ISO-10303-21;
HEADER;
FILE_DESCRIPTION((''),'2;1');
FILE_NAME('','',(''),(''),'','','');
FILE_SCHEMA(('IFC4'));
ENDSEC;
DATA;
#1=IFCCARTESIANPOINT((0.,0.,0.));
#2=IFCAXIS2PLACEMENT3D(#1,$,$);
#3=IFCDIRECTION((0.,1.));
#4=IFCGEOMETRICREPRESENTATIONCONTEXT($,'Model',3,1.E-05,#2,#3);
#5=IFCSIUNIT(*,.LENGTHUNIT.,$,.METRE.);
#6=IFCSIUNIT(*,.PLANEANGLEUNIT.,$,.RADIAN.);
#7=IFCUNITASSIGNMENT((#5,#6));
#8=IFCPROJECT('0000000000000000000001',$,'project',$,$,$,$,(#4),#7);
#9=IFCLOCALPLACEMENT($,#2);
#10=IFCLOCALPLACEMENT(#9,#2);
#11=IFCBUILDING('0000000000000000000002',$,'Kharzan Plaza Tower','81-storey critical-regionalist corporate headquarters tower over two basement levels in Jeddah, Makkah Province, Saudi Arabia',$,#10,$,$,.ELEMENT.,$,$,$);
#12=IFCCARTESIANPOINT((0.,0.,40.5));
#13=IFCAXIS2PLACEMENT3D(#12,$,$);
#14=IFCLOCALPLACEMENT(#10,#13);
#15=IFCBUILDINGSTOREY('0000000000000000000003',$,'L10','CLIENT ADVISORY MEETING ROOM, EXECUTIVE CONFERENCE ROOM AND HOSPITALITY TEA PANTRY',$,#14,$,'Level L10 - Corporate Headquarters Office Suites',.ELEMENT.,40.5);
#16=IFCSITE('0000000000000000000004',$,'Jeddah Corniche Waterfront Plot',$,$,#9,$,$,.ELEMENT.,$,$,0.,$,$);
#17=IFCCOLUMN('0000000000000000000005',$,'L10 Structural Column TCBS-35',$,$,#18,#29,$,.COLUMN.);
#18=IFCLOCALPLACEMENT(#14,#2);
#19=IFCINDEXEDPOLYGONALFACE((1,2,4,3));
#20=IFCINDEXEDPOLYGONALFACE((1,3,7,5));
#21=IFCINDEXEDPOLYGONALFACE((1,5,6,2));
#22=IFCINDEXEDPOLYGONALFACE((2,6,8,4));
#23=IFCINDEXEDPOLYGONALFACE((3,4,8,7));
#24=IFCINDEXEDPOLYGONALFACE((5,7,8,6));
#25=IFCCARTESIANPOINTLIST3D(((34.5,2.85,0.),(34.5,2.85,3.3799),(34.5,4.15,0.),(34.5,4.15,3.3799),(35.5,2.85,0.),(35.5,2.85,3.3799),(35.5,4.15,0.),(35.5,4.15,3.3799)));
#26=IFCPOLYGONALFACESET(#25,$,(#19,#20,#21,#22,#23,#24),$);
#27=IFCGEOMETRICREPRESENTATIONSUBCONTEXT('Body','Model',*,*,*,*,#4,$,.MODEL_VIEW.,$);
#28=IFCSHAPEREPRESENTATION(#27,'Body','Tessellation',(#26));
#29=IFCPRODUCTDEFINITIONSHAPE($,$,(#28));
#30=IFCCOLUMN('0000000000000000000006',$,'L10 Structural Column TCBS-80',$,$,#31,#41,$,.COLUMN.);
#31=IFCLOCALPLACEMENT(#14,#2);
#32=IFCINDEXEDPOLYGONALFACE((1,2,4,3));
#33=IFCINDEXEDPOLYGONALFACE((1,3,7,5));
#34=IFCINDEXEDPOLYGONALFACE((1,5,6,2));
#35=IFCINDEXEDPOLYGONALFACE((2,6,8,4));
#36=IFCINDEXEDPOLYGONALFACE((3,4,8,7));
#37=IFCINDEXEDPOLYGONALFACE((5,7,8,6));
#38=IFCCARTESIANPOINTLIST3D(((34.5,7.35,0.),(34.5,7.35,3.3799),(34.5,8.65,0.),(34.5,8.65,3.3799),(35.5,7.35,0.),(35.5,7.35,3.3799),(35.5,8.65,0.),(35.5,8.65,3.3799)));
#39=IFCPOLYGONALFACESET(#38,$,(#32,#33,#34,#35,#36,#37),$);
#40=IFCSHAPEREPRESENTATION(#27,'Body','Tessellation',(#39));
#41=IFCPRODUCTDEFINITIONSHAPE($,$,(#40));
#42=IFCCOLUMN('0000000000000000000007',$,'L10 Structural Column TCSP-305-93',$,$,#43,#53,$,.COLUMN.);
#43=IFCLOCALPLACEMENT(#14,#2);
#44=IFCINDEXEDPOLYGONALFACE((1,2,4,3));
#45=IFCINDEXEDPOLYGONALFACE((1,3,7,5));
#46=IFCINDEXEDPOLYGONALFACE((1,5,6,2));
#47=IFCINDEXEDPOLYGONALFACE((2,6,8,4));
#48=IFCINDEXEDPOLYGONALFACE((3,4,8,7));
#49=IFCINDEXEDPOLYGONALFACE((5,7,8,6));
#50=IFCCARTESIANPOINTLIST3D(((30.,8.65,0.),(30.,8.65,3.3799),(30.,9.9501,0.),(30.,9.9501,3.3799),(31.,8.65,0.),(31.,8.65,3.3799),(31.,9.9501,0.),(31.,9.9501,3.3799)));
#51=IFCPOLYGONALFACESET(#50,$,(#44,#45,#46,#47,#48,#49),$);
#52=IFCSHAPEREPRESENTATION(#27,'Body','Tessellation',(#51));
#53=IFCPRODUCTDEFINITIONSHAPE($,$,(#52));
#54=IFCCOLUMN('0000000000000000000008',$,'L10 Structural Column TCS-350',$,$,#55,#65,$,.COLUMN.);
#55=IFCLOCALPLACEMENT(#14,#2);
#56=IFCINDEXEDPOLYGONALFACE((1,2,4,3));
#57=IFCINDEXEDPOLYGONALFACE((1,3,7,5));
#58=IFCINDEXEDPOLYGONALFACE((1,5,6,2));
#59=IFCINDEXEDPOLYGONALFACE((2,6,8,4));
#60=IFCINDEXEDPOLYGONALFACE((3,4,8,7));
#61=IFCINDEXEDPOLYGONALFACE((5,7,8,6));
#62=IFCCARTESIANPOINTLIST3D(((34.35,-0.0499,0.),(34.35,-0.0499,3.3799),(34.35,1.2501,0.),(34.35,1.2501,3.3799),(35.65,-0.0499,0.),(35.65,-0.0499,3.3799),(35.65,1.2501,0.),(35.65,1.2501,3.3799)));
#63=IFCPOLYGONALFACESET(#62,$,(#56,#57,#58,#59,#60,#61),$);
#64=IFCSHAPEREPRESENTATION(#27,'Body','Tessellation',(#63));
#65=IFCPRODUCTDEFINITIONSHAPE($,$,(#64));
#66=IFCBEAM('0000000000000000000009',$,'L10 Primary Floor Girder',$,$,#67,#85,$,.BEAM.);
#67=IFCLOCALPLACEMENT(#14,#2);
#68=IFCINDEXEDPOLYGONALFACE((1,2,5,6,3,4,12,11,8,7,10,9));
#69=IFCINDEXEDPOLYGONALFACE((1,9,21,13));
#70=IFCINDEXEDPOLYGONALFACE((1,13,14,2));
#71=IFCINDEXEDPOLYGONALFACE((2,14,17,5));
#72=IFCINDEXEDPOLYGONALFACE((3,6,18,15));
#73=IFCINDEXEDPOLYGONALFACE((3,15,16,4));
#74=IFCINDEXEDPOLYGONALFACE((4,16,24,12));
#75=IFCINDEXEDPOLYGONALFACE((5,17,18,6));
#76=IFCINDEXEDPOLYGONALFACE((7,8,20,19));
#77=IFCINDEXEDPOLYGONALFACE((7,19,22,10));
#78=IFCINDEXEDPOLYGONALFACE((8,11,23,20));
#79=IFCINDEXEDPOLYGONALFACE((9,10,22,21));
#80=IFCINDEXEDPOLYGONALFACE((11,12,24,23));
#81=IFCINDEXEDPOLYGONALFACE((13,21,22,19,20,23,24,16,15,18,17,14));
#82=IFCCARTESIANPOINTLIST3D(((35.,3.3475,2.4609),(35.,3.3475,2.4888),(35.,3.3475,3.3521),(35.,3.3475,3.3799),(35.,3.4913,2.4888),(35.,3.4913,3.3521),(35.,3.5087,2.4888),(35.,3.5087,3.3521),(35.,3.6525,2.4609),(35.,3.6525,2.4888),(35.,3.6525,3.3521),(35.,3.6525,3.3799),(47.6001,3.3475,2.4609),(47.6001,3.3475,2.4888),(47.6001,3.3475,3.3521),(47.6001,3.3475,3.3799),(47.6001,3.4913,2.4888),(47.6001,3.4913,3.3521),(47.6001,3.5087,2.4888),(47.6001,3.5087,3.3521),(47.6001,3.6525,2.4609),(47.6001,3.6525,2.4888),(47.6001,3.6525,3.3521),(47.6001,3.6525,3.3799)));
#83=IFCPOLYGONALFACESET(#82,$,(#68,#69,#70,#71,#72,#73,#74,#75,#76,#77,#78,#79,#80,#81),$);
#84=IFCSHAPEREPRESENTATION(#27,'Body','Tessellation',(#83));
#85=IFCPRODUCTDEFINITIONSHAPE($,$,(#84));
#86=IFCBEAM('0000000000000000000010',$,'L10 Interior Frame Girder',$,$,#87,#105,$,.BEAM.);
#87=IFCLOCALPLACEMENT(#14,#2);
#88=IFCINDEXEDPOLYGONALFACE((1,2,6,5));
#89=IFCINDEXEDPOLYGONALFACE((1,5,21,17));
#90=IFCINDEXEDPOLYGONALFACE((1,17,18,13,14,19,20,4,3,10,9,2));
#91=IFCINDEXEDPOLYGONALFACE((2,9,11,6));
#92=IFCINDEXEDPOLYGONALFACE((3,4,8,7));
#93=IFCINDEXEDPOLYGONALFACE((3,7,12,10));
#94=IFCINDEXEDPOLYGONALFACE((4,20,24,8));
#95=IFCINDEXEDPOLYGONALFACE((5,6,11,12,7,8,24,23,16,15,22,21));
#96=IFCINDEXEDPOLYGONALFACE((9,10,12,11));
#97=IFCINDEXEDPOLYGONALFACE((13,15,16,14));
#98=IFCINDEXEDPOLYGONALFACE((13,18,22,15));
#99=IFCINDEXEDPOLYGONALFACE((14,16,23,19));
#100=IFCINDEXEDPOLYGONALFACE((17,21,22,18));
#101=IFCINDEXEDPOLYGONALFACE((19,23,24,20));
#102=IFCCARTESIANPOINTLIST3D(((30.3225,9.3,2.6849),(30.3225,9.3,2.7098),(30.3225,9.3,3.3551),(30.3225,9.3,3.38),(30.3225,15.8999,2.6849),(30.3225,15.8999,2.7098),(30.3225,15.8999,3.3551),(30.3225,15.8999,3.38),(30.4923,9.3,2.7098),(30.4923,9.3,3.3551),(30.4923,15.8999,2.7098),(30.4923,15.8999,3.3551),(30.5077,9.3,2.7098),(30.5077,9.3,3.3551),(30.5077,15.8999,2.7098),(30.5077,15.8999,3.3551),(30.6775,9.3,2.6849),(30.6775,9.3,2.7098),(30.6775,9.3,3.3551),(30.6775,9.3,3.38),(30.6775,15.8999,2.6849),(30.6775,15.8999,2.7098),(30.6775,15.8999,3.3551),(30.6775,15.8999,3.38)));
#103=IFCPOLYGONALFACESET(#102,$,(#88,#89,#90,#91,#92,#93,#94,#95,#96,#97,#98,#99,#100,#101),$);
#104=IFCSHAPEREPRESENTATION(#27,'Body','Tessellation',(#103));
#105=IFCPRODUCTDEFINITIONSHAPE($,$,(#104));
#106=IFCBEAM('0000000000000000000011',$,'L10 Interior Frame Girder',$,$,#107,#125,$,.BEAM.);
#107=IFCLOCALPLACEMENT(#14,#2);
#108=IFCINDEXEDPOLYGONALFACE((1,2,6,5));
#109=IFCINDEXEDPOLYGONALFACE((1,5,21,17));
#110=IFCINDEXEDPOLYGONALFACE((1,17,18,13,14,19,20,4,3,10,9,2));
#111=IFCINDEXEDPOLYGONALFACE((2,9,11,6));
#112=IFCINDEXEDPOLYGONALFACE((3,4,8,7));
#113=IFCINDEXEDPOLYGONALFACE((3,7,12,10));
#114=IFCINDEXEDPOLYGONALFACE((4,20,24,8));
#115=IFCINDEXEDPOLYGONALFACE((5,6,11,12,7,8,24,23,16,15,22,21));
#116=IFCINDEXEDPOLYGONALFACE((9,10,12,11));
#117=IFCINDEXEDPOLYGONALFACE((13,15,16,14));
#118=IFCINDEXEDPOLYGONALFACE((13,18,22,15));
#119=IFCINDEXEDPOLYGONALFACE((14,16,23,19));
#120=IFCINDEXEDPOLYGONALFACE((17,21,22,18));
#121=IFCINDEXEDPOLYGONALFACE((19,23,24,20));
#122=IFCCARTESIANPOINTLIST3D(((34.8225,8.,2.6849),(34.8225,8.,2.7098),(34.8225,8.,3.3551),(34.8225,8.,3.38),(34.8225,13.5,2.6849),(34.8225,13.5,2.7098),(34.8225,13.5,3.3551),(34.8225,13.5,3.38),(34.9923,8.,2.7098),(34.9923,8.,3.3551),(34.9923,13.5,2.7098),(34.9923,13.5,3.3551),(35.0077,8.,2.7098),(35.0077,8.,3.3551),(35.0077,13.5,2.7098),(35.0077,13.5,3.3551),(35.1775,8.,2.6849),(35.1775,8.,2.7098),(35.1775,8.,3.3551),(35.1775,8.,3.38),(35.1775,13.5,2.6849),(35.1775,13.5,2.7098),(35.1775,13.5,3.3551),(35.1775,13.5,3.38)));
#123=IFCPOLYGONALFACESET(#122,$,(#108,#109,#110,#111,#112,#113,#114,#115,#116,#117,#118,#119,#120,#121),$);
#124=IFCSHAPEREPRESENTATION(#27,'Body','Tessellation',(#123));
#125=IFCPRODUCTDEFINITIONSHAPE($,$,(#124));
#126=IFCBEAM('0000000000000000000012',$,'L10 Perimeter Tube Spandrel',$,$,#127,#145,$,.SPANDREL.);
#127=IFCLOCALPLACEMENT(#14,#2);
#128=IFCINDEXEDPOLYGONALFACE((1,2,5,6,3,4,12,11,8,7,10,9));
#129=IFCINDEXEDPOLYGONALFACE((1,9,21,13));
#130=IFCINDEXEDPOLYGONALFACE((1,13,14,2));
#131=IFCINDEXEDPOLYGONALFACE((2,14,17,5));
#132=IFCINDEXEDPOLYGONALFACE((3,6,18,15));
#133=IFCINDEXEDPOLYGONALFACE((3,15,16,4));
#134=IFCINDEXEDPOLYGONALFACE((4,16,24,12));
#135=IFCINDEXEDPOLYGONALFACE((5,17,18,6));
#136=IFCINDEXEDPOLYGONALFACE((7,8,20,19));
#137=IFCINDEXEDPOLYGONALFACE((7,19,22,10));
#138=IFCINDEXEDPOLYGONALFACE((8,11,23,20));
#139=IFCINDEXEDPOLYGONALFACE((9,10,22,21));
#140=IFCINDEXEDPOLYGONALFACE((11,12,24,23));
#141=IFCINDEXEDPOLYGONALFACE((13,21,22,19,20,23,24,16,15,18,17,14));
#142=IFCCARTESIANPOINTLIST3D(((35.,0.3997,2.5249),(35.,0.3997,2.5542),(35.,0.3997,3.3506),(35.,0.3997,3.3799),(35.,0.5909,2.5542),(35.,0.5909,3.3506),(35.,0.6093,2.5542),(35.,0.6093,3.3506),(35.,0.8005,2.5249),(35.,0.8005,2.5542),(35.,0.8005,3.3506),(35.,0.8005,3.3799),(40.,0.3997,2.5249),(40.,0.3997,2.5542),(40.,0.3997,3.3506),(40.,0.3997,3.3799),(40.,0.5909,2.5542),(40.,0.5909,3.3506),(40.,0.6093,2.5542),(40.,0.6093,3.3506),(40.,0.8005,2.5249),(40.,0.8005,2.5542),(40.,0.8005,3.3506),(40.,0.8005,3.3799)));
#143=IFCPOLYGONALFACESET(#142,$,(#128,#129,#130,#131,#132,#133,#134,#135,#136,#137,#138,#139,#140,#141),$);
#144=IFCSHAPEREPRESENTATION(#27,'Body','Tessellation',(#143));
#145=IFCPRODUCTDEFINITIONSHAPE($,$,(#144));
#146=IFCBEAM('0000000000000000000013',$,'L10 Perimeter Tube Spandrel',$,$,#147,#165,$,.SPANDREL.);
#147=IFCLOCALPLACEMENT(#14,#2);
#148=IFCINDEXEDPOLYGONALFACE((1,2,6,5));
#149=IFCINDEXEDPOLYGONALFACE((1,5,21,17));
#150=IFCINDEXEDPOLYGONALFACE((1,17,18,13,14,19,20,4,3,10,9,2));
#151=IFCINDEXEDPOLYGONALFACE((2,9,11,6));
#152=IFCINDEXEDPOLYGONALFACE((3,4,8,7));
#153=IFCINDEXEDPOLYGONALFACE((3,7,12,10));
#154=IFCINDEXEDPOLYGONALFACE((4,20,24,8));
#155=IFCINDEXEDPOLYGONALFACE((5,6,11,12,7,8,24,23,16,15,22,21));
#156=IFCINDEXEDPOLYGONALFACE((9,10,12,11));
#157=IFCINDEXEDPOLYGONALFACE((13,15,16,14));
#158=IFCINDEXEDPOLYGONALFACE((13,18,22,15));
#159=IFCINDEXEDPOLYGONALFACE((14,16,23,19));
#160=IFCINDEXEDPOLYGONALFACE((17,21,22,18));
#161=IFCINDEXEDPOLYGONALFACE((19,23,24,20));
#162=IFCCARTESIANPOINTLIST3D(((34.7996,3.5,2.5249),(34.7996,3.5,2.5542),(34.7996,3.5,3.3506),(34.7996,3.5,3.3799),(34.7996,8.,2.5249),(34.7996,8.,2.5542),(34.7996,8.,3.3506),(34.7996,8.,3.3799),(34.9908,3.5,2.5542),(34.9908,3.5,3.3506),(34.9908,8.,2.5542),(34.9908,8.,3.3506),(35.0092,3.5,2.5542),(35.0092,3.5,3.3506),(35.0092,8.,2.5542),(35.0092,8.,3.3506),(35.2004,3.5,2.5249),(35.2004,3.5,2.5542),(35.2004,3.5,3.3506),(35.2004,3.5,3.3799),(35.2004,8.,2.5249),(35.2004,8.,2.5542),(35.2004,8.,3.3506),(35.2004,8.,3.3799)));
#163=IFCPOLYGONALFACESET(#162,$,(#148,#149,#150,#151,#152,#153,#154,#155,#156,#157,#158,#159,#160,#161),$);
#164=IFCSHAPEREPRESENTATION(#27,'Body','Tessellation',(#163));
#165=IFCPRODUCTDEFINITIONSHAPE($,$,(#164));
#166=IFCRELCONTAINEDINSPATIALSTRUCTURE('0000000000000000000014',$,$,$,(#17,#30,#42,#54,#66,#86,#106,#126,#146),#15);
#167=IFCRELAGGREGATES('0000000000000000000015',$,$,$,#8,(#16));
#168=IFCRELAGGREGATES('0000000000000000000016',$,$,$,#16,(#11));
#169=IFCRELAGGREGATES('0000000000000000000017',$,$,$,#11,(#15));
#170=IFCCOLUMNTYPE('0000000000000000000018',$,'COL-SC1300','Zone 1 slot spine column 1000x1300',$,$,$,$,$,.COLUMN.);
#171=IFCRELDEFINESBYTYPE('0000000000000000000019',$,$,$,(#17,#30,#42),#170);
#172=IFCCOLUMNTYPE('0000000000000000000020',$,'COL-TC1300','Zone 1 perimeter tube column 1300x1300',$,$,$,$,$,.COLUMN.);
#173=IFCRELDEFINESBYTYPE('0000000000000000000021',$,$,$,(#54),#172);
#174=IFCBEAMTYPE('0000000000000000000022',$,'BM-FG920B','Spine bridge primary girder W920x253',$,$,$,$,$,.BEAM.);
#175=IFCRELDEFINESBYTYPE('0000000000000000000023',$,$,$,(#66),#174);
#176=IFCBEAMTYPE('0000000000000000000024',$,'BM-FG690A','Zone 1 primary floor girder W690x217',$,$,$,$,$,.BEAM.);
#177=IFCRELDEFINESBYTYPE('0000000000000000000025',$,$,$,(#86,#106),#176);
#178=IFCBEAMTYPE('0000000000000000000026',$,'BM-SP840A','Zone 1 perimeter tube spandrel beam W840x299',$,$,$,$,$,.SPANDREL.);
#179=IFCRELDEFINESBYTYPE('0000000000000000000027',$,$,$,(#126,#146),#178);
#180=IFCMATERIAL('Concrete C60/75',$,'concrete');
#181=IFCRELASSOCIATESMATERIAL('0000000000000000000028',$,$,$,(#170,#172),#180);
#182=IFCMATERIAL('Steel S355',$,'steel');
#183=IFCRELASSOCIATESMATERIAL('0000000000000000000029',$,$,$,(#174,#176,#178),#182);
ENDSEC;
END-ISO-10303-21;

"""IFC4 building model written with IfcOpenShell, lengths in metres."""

from ifc_helpers import new_model, si_unit, direction, frame, origin, origin_2d, place, context, subcontext, project, spatial, rectangle, i_section, extrude, source, transform, mapped, material, material_profile, profile_set, type_object, element, save


model = new_model("IFC4")

# Units and contexts
model_context = context("Model", 3, precision=1e-05, world=origin(), true_north=direction((0.0, 1.0)))
body_context = subcontext(model_context, "Body", "Model", "MODEL_VIEW")
ifc_project = project(units=[si_unit("LENGTHUNIT", "METRE"), si_unit("PLANEANGLEUNIT", "RADIAN")], contexts=[model_context])

# Site, building, storey
site_placement = place(None, origin())
site = spatial("IfcSite", under=ifc_project, at=site_placement, Name="Jeddah Corniche Waterfront Plot", CompositionType="ELEMENT", RefElevation=0.0)
building_placement = place(site_placement, origin())
building = spatial("IfcBuilding", under=site, at=building_placement, Name="Kharzan Plaza Tower", Description="81-storey critical-regionalist corporate headquarters tower over two basement levels in Jeddah, Makkah Province, Saudi Arabia", CompositionType="ELEMENT")
storey_placement = place(building_placement, frame((0.0, 0.0, 40.5)))
storey = spatial("IfcBuildingStorey", under=building, at=storey_placement, Name="L10", Description="CLIENT ADVISORY MEETING ROOM, EXECUTIVE CONFERENCE ROOM AND HOSPITALITY TEA PANTRY", LongName="Level L10 - Corporate Headquarters Office Suites", CompositionType="ELEMENT", Elevation=40.5)

# Columns
ifc_material_1 = material(Name="Concrete C60/75", Category="concrete")
ifc_material_profile_1 = material_profile(ifc_material_1, rectangle(XDim=1.0, YDim=1.3, at=origin_2d()), Name="RC-SC1300x1000")
ifc_profile_set_1 = profile_set([ifc_material_profile_1], Name="Concrete C60/75")
column_type_1 = type_object("IfcColumnType", Name="COL-SC1300", Description="Zone 1 slot spine column 1000x1300", PredefinedType="COLUMN", material=ifc_profile_set_1)
shared_shape_1 = source(origin(), body_context, "Body", "SweptSolid", [
    extrude(rectangle(XDim=1.0, YDim=1.3, at=origin_2d()), origin(), (0.0, 0.0, 1.0), 3.3799),
])
for number, where, z_axis, x_axis, name in (
    (1, (35.0, 3.5, 0.0), (0.0, 0.0, 1.0), (1.0, 0.0, 0.0), "L10 Structural Column TCBS-35"),
    (2, (35.0, 8.0, 0.0), (0.0, 0.0, 1.0), (1.0, 0.0, 0.0), "L10 Structural Column TCBS-80"),
    (3, (30.5, 9.3, 0.0), (0.0, 0.0, 1.0), (1.0, 0.0, 0.0), "L10 Structural Column TCSP-305-93"),
):
    element("IfcColumn", number, at=place(storey_placement, frame(where, z_axis=z_axis, x_axis=x_axis)), inside=storey, type_object=column_type_1, Name=name, PredefinedType="COLUMN", context=body_context, shape_type="MappedRepresentation", body=[
        mapped(shared_shape_1, transform((0.0, 0.0, 0.0), x_axis=(1.0, 0.0, 0.0), y_axis=(0.0, 1.0, 0.0), z_axis=(0.0, 0.0, 1.0))),
    ])
ifc_material_profile_2 = material_profile(ifc_material_1, rectangle(XDim=1.3, YDim=1.3, at=origin_2d()), Name="RC-TC1300x1300")
ifc_profile_set_2 = profile_set([ifc_material_profile_2], Name="Concrete C60/75")
column_type_2 = type_object("IfcColumnType", Name="COL-TC1300", Description="Zone 1 perimeter tube column 1300x1300", PredefinedType="COLUMN", material=ifc_profile_set_2)
shared_shape_2 = source(origin(), body_context, "Body", "SweptSolid", [
    extrude(rectangle(XDim=1.3, YDim=1.3, at=origin_2d()), origin(), (0.0, 0.0, 1.0), 3.3799),
])
column_placement = place(storey_placement, frame((35.0, 0.6001, 0.0), z_axis=(0.0, 0.0, 1.0), x_axis=(1.0, 0.0, 0.0)))
element("IfcColumn", 4, at=column_placement, inside=storey, type_object=column_type_2, Name="L10 Structural Column TCS-350", PredefinedType="COLUMN", context=body_context, shape_type="MappedRepresentation", body=[
    mapped(shared_shape_2, transform((0.0, 0.0, 0.0), x_axis=(1.0, 0.0, 0.0), y_axis=(0.0, 1.0, 0.0), z_axis=(0.0, 0.0, 1.0))),
])

# Beams
ifc_material_2 = material(Name="Steel S355", Category="steel")
ifc_material_profile_3 = material_profile(ifc_material_2, i_section(OverallWidth=0.3049, OverallDepth=0.9189, WebThickness=0.0173, FlangeThickness=0.0278, at=origin_2d()), Name="W920x253")
ifc_profile_set_3 = profile_set([ifc_material_profile_3], Name="Steel S355")
beam_type_1 = type_object("IfcBeamType", Name="BM-FG920B", Description="Spine bridge primary girder W920x253", PredefinedType="BEAM", material=ifc_profile_set_3)
shared_shape_3 = source(origin(), body_context, "Body", "SweptSolid", [
    extrude(i_section(OverallWidth=0.3049, OverallDepth=0.9189, WebThickness=0.0173, FlangeThickness=0.0278, at=origin_2d()), origin(), (0.0, 0.0, 1.0), 12.6001),
])
beam_1_placement = place(storey_placement, frame((35.0, 3.5, 2.9204), z_axis=(1.0, 0.0, 0.0), x_axis=(0.0, 1.0, 0.0)))
element("IfcBeam", 5, at=beam_1_placement, inside=storey, type_object=beam_type_1, Name="L10 Primary Floor Girder", PredefinedType="BEAM", context=body_context, shape_type="MappedRepresentation", body=[
    mapped(shared_shape_3, transform((0.0, 0.0, 0.0), x_axis=(1.0, 0.0, 0.0), y_axis=(0.0, 1.0, 0.0), z_axis=(0.0, 0.0, 1.0))),
])
ifc_material_profile_4 = material_profile(ifc_material_2, i_section(OverallWidth=0.355, OverallDepth=0.6951, WebThickness=0.0154, FlangeThickness=0.0249, at=origin_2d()), Name="W690x217")
ifc_profile_set_4 = profile_set([ifc_material_profile_4], Name="Steel S355")
beam_type_2 = type_object("IfcBeamType", Name="BM-FG690A", Description="Zone 1 primary floor girder W690x217", PredefinedType="BEAM", material=ifc_profile_set_4)
shared_shape_4 = source(origin(), body_context, "Body", "SweptSolid", [
    extrude(i_section(OverallWidth=0.355, OverallDepth=0.6951, WebThickness=0.0154, FlangeThickness=0.0249, at=origin_2d()), origin(), (0.0, 0.0, 1.0), 6.5999),
])
beam_2_placement = place(storey_placement, frame((30.5, 9.3, 3.0325), z_axis=(0.0, 1.0, 0.0), x_axis=(-1.0, 0.0, 0.0)))
element("IfcBeam", 6, at=beam_2_placement, inside=storey, type_object=beam_type_2, Name="L10 Interior Frame Girder", PredefinedType="BEAM", context=body_context, shape_type="MappedRepresentation", body=[
    mapped(shared_shape_4, transform((0.0, 0.0, 0.0), x_axis=(1.0, 0.0, 0.0), y_axis=(0.0, 1.0, 0.0), z_axis=(0.0, 0.0, 1.0))),
])
shared_shape_5 = source(origin(), body_context, "Body", "SweptSolid", [
    extrude(i_section(OverallWidth=0.355, OverallDepth=0.6951, WebThickness=0.0154, FlangeThickness=0.0249, at=origin_2d()), origin(), (0.0, 0.0, 1.0), 5.5),
])
beam_3_placement = place(storey_placement, frame((35.0, 8.0, 3.0325), z_axis=(0.0, 1.0, 0.0), x_axis=(-1.0, 0.0, 0.0)))
element("IfcBeam", 7, at=beam_3_placement, inside=storey, type_object=beam_type_2, Name="L10 Interior Frame Girder", PredefinedType="BEAM", context=body_context, shape_type="MappedRepresentation", body=[
    mapped(shared_shape_5, transform((0.0, 0.0, 0.0), x_axis=(1.0, 0.0, 0.0), y_axis=(0.0, 1.0, 0.0), z_axis=(0.0, 0.0, 1.0))),
])
ifc_material_profile_5 = material_profile(ifc_material_2, i_section(OverallWidth=0.4009, OverallDepth=0.855, WebThickness=0.0183, FlangeThickness=0.0293, at=origin_2d()), Name="W840x299")
ifc_profile_set_5 = profile_set([ifc_material_profile_5], Name="Steel S355")
beam_type_3 = type_object("IfcBeamType", Name="BM-SP840A", Description="Zone 1 perimeter tube spandrel beam W840x299", PredefinedType="SPANDREL", material=ifc_profile_set_5)
shared_shape_6 = source(origin(), body_context, "Body", "SweptSolid", [
    extrude(i_section(OverallWidth=0.4009, OverallDepth=0.855, WebThickness=0.0183, FlangeThickness=0.0293, at=origin_2d()), origin(), (0.0, 0.0, 1.0), 5.0),
])
beam_4_placement = place(storey_placement, frame((35.0, 0.6001, 2.9524), z_axis=(1.0, 0.0, 0.0), x_axis=(0.0, 1.0, 0.0)))
element("IfcBeam", 8, at=beam_4_placement, inside=storey, type_object=beam_type_3, Name="L10 Perimeter Tube Spandrel", PredefinedType="SPANDREL", context=body_context, shape_type="MappedRepresentation", body=[
    mapped(shared_shape_6, transform((0.0, 0.0, 0.0), x_axis=(1.0, 0.0, 0.0), y_axis=(0.0, 1.0, 0.0), z_axis=(0.0, 0.0, 1.0))),
])
shared_shape_7 = source(origin(), body_context, "Body", "SweptSolid", [
    extrude(i_section(OverallWidth=0.4009, OverallDepth=0.855, WebThickness=0.0183, FlangeThickness=0.0293, at=origin_2d()), origin(), (0.0, 0.0, 1.0), 4.5),
])
beam_5_placement = place(storey_placement, frame((35.0, 3.5, 2.9524), z_axis=(0.0, 1.0, 0.0), x_axis=(-1.0, 0.0, 0.0)))
element("IfcBeam", 9, at=beam_5_placement, inside=storey, type_object=beam_type_3, Name="L10 Perimeter Tube Spandrel", PredefinedType="SPANDREL", context=body_context, shape_type="MappedRepresentation", body=[
    mapped(shared_shape_7, transform((0.0, 0.0, 0.0), x_axis=(1.0, 0.0, 0.0), y_axis=(0.0, 1.0, 0.0), z_axis=(0.0, 0.0, 1.0))),
])

save(model, "model.ifc")
